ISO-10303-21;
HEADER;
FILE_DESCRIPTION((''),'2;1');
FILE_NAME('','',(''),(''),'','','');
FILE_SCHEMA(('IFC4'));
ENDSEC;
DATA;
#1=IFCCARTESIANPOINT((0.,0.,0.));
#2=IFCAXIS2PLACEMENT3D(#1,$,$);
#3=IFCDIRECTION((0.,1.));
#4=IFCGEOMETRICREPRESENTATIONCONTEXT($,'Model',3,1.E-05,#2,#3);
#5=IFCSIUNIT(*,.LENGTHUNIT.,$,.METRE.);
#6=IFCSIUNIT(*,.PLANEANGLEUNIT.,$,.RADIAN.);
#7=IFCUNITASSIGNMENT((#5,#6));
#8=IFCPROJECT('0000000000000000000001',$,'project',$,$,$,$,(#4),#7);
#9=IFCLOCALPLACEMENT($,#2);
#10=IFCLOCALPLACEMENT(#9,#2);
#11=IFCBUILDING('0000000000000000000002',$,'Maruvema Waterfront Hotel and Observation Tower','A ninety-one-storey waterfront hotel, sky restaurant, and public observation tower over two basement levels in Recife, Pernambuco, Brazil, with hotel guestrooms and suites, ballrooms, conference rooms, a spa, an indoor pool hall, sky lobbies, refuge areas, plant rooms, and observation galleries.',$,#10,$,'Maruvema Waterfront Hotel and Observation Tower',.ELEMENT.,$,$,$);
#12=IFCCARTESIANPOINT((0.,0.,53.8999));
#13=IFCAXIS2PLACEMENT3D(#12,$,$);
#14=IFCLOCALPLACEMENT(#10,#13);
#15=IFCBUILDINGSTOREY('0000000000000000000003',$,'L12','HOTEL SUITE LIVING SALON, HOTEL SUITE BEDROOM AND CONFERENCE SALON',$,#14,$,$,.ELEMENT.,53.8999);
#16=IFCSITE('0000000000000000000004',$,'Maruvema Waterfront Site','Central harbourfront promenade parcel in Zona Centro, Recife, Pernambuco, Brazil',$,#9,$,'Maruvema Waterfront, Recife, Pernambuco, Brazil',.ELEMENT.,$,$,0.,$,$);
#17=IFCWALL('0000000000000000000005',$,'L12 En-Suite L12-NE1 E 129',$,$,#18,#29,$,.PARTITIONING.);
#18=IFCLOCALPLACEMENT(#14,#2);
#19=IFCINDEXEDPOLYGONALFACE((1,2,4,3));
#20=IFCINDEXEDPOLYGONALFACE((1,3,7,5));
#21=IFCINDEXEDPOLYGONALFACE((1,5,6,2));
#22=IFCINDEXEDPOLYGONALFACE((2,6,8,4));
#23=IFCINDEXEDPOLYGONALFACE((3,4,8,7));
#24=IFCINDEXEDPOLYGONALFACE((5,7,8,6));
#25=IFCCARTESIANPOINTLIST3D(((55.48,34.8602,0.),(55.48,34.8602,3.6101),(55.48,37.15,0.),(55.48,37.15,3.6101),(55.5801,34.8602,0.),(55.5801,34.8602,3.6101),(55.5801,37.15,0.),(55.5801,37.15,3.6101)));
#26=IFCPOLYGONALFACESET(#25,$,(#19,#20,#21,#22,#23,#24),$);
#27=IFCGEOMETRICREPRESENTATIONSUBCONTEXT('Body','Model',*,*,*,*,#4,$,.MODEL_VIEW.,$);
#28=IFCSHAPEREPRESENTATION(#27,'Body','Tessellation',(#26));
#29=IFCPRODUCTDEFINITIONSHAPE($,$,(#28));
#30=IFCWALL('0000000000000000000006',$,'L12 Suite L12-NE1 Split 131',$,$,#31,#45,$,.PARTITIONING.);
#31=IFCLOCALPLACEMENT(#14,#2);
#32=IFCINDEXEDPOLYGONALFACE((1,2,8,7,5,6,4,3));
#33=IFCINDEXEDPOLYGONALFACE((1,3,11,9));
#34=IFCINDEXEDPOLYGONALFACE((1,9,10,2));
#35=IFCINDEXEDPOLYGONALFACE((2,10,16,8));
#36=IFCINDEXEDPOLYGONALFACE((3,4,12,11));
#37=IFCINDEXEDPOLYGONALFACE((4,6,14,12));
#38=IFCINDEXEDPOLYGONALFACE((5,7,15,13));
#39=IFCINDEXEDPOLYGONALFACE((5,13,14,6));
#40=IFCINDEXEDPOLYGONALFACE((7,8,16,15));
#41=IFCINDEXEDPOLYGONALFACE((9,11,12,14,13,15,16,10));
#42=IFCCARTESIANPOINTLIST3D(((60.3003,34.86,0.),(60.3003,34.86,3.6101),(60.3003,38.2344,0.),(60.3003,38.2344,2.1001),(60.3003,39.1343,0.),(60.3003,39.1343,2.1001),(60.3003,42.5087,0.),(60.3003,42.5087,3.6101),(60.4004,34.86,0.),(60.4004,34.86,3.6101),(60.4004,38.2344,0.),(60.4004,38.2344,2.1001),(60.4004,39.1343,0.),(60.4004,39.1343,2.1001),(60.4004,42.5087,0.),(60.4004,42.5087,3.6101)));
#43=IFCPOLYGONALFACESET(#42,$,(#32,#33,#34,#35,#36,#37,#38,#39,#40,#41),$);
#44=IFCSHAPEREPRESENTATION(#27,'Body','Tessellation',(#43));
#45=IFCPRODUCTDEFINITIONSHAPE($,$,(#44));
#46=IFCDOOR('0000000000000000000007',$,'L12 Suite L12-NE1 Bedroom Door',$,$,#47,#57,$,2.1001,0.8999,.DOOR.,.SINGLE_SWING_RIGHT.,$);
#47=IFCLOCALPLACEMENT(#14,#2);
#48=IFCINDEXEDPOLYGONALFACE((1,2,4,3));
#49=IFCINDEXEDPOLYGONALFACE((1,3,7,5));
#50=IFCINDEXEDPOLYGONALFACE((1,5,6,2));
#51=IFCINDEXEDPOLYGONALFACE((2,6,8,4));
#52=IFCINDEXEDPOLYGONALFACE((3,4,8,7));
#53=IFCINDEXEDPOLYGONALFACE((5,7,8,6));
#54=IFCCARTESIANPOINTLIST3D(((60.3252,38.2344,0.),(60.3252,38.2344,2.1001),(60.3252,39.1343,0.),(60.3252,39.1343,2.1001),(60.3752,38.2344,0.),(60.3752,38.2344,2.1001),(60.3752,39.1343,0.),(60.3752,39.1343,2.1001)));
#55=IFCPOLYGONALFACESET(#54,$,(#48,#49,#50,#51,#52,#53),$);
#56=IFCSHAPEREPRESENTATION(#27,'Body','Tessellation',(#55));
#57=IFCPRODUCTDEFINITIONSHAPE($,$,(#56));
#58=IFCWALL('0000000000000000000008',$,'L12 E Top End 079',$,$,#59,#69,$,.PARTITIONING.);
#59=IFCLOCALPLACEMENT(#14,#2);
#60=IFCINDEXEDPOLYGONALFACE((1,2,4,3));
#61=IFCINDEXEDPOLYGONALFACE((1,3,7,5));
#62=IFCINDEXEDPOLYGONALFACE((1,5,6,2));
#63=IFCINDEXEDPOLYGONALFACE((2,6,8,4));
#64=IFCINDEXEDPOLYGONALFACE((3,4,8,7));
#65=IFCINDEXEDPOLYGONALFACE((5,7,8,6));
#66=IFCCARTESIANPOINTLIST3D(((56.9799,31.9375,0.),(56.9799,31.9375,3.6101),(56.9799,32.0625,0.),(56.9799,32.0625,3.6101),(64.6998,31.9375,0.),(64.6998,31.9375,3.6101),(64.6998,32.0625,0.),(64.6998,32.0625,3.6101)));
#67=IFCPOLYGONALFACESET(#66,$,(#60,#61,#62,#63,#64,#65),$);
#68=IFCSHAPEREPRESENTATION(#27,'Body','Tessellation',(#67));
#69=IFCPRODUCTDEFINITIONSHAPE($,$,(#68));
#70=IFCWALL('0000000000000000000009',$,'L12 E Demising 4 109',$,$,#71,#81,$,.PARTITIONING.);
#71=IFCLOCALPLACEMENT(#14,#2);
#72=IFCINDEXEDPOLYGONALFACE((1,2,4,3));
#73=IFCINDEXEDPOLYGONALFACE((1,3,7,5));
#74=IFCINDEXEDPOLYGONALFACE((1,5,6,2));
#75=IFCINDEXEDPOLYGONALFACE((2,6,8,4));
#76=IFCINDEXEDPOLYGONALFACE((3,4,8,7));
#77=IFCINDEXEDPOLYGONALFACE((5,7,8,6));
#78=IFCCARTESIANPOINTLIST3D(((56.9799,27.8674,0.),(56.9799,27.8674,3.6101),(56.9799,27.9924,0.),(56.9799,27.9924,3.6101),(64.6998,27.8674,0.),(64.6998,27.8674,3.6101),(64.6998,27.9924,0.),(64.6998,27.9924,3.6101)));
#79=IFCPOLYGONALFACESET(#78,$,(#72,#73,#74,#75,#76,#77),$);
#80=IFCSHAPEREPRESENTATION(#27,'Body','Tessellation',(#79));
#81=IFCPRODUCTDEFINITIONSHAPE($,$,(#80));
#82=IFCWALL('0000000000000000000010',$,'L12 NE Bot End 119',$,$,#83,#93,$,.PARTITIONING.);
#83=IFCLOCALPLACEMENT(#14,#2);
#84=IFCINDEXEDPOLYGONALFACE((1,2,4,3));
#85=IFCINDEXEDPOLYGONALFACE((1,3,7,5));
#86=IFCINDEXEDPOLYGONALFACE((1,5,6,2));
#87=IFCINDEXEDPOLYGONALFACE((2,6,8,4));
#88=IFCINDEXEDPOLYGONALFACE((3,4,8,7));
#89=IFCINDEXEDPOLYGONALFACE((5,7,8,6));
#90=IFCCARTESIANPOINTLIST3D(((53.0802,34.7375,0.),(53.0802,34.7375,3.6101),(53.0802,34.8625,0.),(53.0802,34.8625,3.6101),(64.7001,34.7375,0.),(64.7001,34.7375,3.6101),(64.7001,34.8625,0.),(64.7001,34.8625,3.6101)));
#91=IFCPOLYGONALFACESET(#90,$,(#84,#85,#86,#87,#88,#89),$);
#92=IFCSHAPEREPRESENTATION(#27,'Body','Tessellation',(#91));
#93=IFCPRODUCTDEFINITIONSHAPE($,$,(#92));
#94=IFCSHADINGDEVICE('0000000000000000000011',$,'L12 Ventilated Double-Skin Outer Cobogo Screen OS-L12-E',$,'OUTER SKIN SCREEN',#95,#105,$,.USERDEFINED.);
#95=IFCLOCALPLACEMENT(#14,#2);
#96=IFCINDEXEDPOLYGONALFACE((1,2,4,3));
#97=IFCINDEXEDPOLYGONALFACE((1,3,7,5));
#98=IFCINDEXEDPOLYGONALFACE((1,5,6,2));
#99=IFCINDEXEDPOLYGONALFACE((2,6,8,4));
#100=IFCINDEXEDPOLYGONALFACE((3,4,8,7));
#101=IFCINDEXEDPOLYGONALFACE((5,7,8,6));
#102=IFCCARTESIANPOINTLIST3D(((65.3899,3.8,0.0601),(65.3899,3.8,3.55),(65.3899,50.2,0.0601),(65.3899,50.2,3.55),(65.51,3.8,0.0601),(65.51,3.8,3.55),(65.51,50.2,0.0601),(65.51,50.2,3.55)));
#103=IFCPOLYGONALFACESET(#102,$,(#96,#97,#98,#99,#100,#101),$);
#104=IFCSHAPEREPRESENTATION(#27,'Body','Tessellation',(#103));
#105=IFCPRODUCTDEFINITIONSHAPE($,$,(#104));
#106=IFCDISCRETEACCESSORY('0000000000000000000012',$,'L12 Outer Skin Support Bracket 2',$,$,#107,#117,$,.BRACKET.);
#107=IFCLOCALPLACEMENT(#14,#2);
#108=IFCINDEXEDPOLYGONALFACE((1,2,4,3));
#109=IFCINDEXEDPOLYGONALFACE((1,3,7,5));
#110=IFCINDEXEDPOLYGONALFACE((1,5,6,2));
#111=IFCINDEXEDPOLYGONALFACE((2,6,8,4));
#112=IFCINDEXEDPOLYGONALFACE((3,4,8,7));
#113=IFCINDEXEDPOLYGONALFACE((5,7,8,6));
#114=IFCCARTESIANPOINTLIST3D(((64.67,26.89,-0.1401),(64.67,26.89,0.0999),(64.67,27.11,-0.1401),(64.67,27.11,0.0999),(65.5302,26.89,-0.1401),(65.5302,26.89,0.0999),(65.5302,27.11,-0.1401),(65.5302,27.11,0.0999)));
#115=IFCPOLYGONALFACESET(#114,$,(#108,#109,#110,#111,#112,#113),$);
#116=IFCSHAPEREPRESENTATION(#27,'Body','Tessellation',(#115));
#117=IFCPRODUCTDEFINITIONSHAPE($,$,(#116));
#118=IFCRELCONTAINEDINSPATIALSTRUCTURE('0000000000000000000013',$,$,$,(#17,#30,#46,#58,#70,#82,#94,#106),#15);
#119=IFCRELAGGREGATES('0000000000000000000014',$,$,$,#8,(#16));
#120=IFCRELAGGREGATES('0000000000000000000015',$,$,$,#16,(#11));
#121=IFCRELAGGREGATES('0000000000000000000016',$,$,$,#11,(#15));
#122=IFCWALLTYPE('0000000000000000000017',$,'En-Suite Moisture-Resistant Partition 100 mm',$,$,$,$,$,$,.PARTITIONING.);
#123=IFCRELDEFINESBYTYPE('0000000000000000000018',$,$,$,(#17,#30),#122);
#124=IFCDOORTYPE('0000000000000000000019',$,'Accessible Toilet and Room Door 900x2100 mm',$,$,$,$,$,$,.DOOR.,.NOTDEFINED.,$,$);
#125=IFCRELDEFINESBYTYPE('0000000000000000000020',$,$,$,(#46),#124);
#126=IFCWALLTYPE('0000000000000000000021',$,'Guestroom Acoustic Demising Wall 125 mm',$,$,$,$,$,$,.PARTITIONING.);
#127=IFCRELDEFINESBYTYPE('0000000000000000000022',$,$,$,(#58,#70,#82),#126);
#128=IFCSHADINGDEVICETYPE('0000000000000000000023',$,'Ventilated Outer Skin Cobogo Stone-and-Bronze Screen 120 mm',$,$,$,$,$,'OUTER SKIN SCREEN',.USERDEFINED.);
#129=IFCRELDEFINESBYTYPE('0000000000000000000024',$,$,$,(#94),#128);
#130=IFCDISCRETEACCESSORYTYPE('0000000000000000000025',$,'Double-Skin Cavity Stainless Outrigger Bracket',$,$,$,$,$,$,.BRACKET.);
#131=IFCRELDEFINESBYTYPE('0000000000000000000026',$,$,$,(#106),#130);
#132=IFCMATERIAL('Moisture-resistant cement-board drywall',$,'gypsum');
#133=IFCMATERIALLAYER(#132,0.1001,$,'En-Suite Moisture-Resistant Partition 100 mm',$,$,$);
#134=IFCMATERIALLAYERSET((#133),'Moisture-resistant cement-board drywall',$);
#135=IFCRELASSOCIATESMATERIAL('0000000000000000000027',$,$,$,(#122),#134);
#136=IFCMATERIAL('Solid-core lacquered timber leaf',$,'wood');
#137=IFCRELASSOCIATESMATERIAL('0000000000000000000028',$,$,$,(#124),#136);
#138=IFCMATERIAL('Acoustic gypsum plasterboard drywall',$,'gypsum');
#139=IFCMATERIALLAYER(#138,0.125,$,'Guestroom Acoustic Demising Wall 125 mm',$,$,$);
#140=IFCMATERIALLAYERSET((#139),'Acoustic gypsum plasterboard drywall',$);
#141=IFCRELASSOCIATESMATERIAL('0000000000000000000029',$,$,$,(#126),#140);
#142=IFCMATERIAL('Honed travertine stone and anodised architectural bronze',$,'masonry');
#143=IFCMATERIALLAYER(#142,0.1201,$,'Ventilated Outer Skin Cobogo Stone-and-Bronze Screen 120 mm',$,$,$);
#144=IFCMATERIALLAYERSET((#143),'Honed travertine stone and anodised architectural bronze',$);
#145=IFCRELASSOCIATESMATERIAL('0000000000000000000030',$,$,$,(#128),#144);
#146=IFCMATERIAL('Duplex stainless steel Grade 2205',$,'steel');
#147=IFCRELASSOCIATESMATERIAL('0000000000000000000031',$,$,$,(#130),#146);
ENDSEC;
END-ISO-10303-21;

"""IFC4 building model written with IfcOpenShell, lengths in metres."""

from ifc_helpers import new_model, si_unit, direction, frame, frame_2d, origin, origin_2d, place, context, subcontext, project, spatial, rectangle, extrude, material, layer, layer_set, type_object, element, fill, save


model = new_model("IFC4")

# Units and contexts
model_context = context("Model", 3, precision=1e-05, world=origin(), true_north=direction((0.0, 1.0)))
body_context = subcontext(model_context, "Body", "Model", "MODEL_VIEW")
ifc_project = project(units=[si_unit("LENGTHUNIT", "METRE"), si_unit("PLANEANGLEUNIT", "RADIAN")], contexts=[model_context])

# Site, building, storey
site_placement = place(None, origin())
site = spatial("IfcSite", under=ifc_project, at=site_placement, Name="Maruvema Waterfront Site", Description="Central harbourfront promenade parcel in Zona Centro, Recife, Pernambuco, Brazil", LongName="Maruvema Waterfront, Recife, Pernambuco, Brazil", CompositionType="ELEMENT", RefElevation=0.0)
building_placement = place(site_placement, origin())
building = spatial("IfcBuilding", under=site, at=building_placement, Name="Maruvema Waterfront Hotel and Observation Tower", Description="A ninety-one-storey waterfront hotel, sky restaurant, and public observation tower over two basement levels in Recife, Pernambuco, Brazil, with hotel guestrooms and suites, ballrooms, conference rooms, a spa, an indoor pool hall, sky lobbies, refuge areas, plant rooms, and observation galleries.", LongName="Maruvema Waterfront Hotel and Observation Tower", CompositionType="ELEMENT")
storey_placement = place(building_placement, frame((0.0, 0.0, 53.8999)))
storey = spatial("IfcBuildingStorey", under=building, at=storey_placement, Name="L12", Description="HOTEL SUITE LIVING SALON, HOTEL SUITE BEDROOM AND CONFERENCE SALON", CompositionType="ELEMENT", Elevation=53.8999)

# Shared definitions
ifc_material_1 = material(Name="Moisture-resistant cement-board drywall", Category="gypsum")
ifc_layer_1 = layer(ifc_material_1, 0.1001, Name="En-Suite Moisture-Resistant Partition 100 mm")
ifc_layer_set_1 = layer_set([ifc_layer_1], Name="Moisture-resistant cement-board drywall")
wall_type_1 = type_object("IfcWallType", Name="En-Suite Moisture-Resistant Partition 100 mm", PredefinedType="PARTITIONING", material=ifc_layer_set_1)

# Wall
wall_1_placement = place(storey_placement, frame((55.53, 34.8601, 0.0), z_axis=(0.0, 0.0, 1.0), x_axis=(0.0, 1.0, 0.0)))
element("IfcWall", 1, at=wall_1_placement, inside=storey, type_object=wall_type_1, Name="L12 En-Suite L12-NE1 E 129", PredefinedType="PARTITIONING", context=body_context, shape_type="SweptSolid", body=[
    extrude(rectangle(XDim=2.2898, YDim=0.1001, at=frame_2d((1.145, 0.0))), origin(), (0.0, 0.0, 1.0), 3.6101),
])

# Wall, opening, door
wall_2_placement = place(storey_placement, frame((60.3503, 34.8601, 0.0), z_axis=(0.0, 0.0, 1.0), x_axis=(0.0, 1.0, 0.0)))
wall_2 = element("IfcWall", 2, at=wall_2_placement, inside=storey, type_object=wall_type_1, Name="L12 Suite L12-NE1 Split 131", PredefinedType="PARTITIONING", context=body_context, shape_type="SweptSolid", body=[
    extrude(rectangle(XDim=7.6487, YDim=0.1001, at=frame_2d((3.8242, 0.0))), origin(), (0.0, 0.0, 1.0), 3.6101),
])
opening_1_placement = place(wall_2_placement, frame((3.3743, 0.0, 0.0)))
opening_1 = element("IfcOpeningElement", 3, at=opening_1_placement, cuts=wall_2, PredefinedType="OPENING", context=body_context, shape_type="SweptSolid", body=[
    extrude(rectangle(XDim=0.8999, YDim=2.1001, at=frame_2d((0.45, 1.05))), frame((0.0, 0.0601, 0.0), z_axis=(0.0, -1.0, 0.0), x_axis=(1.0, 0.0, 0.0)), (0.0, 0.0, 1.0), 0.1201),
])
ifc_material_2 = material(Name="Solid-core lacquered timber leaf", Category="wood")
door_type_1 = type_object("IfcDoorType", Name="Accessible Toilet and Room Door 900x2100 mm", OperationType="NOTDEFINED", PredefinedType="DOOR", material=ifc_material_2)
door_1_placement = place(opening_1_placement, frame((0.8999, 0.0, 0.0), z_axis=(0.0, 0.0, 1.0), x_axis=(-1.0, 0.0, 0.0)))
door_1 = element("IfcDoor", 4, at=door_1_placement, inside=storey, type_object=door_type_1, Name="L12 Suite L12-NE1 Bedroom Door", OperationType="SINGLE_SWING_RIGHT", OverallHeight=2.1001, OverallWidth=0.8999, PredefinedType="DOOR", context=body_context, shape_type="SweptSolid", body=[
    extrude(rectangle(XDim=0.8999, YDim=2.1001, at=frame_2d((0.45, 1.05))), frame((0.0, 0.0249, 0.0), z_axis=(0.0, -1.0, 0.0), x_axis=(1.0, 0.0, 0.0)), (0.0, 0.0, 1.0), 0.05),
])
fill(opening_1, door_1)

# Walls
ifc_material_3 = material(Name="Acoustic gypsum plasterboard drywall", Category="gypsum")
ifc_layer_2 = layer(ifc_material_3, 0.125, Name="Guestroom Acoustic Demising Wall 125 mm")
ifc_layer_set_2 = layer_set([ifc_layer_2], Name="Acoustic gypsum plasterboard drywall")
wall_type_2 = type_object("IfcWallType", Name="Guestroom Acoustic Demising Wall 125 mm", PredefinedType="PARTITIONING", material=ifc_layer_set_2)
for number, where, z_axis, x_axis, name in (
    (5, (56.98, 32.0, 0.0), (0.0, 0.0, 1.0), (1.0, 0.0, 0.0), "L12 E Top End 079"),
    (6, (56.98, 27.9299, 0.0), (0.0, 0.0, 1.0), (1.0, 0.0, 0.0), "L12 E Demising 4 109"),
):
    element("IfcWall", number, at=place(storey_placement, frame(where, z_axis=z_axis, x_axis=x_axis)), inside=storey, type_object=wall_type_2, Name=name, PredefinedType="PARTITIONING", context=body_context, shape_type="SweptSolid", body=[
        extrude(rectangle(XDim=7.72, YDim=0.125, at=frame_2d((3.8599, 0.0))), origin(), (0.0, 0.0, 1.0), 3.6101),
    ])
wall_3_placement = place(storey_placement, frame((53.0801, 34.8, 0.0), z_axis=(0.0, 0.0, 1.0), x_axis=(1.0, 0.0, 0.0)))
element("IfcWall", 7, at=wall_3_placement, inside=storey, type_object=wall_type_2, Name="L12 NE Bot End 119", PredefinedType="PARTITIONING", context=body_context, shape_type="SweptSolid", body=[
    extrude(rectangle(XDim=11.6199, YDim=0.125, at=frame_2d((5.8101, 0.0))), origin(), (0.0, 0.0, 1.0), 3.6101),
])

# Shading device
ifc_material_4 = material(Name="Honed travertine stone and anodised architectural bronze", Category="masonry")
ifc_layer_3 = layer(ifc_material_4, 0.1201, Name="Ventilated Outer Skin Cobogo Stone-and-Bronze Screen 120 mm")
ifc_layer_set_3 = layer_set([ifc_layer_3], Name="Honed travertine stone and anodised architectural bronze")
shading_device_type = type_object("IfcShadingDeviceType", Name="Ventilated Outer Skin Cobogo Stone-and-Bronze Screen 120 mm", ElementType="OUTER SKIN SCREEN", PredefinedType="USERDEFINED", material=ifc_layer_set_3)
shading_device_placement = place(storey_placement, frame((65.45, 27.0, 0.0601), z_axis=(0.0, 0.0, 1.0), x_axis=(0.0, 1.0, 0.0)))
element("IfcShadingDevice", 8, at=shading_device_placement, inside=storey, type_object=shading_device_type, Name="L12 Ventilated Double-Skin Outer Cobogo Screen OS-L12-E", ObjectType="OUTER SKIN SCREEN", PredefinedType="USERDEFINED", context=body_context, shape_type="SweptSolid", body=[
    extrude(rectangle(XDim=46.3999, YDim=0.1201, at=origin_2d()), origin(), (0.0, 0.0, 1.0), 3.49),
])

# Discrete accessory
ifc_material_5 = material(Name="Duplex stainless steel Grade 2205", Category="steel")
discrete_accessory_type = type_object("IfcDiscreteAccessoryType", Name="Double-Skin Cavity Stainless Outrigger Bracket", PredefinedType="BRACKET", material=ifc_material_5)
discrete_accessory_placement = place(storey_placement, frame((65.1001, 27.0, -0.1401), z_axis=(0.0, 0.0, 1.0), x_axis=(0.0, 1.0, 0.0)))
element("IfcDiscreteAccessory", 9, at=discrete_accessory_placement, inside=storey, type_object=discrete_accessory_type, Name="L12 Outer Skin Support Bracket 2", PredefinedType="BRACKET", context=body_context, shape_type="SweptSolid", body=[
    extrude(rectangle(XDim=0.22, YDim=0.8601, at=origin_2d()), origin(), (0.0, 0.0, 1.0), 0.24),
])

save(model, "model.ifc")
